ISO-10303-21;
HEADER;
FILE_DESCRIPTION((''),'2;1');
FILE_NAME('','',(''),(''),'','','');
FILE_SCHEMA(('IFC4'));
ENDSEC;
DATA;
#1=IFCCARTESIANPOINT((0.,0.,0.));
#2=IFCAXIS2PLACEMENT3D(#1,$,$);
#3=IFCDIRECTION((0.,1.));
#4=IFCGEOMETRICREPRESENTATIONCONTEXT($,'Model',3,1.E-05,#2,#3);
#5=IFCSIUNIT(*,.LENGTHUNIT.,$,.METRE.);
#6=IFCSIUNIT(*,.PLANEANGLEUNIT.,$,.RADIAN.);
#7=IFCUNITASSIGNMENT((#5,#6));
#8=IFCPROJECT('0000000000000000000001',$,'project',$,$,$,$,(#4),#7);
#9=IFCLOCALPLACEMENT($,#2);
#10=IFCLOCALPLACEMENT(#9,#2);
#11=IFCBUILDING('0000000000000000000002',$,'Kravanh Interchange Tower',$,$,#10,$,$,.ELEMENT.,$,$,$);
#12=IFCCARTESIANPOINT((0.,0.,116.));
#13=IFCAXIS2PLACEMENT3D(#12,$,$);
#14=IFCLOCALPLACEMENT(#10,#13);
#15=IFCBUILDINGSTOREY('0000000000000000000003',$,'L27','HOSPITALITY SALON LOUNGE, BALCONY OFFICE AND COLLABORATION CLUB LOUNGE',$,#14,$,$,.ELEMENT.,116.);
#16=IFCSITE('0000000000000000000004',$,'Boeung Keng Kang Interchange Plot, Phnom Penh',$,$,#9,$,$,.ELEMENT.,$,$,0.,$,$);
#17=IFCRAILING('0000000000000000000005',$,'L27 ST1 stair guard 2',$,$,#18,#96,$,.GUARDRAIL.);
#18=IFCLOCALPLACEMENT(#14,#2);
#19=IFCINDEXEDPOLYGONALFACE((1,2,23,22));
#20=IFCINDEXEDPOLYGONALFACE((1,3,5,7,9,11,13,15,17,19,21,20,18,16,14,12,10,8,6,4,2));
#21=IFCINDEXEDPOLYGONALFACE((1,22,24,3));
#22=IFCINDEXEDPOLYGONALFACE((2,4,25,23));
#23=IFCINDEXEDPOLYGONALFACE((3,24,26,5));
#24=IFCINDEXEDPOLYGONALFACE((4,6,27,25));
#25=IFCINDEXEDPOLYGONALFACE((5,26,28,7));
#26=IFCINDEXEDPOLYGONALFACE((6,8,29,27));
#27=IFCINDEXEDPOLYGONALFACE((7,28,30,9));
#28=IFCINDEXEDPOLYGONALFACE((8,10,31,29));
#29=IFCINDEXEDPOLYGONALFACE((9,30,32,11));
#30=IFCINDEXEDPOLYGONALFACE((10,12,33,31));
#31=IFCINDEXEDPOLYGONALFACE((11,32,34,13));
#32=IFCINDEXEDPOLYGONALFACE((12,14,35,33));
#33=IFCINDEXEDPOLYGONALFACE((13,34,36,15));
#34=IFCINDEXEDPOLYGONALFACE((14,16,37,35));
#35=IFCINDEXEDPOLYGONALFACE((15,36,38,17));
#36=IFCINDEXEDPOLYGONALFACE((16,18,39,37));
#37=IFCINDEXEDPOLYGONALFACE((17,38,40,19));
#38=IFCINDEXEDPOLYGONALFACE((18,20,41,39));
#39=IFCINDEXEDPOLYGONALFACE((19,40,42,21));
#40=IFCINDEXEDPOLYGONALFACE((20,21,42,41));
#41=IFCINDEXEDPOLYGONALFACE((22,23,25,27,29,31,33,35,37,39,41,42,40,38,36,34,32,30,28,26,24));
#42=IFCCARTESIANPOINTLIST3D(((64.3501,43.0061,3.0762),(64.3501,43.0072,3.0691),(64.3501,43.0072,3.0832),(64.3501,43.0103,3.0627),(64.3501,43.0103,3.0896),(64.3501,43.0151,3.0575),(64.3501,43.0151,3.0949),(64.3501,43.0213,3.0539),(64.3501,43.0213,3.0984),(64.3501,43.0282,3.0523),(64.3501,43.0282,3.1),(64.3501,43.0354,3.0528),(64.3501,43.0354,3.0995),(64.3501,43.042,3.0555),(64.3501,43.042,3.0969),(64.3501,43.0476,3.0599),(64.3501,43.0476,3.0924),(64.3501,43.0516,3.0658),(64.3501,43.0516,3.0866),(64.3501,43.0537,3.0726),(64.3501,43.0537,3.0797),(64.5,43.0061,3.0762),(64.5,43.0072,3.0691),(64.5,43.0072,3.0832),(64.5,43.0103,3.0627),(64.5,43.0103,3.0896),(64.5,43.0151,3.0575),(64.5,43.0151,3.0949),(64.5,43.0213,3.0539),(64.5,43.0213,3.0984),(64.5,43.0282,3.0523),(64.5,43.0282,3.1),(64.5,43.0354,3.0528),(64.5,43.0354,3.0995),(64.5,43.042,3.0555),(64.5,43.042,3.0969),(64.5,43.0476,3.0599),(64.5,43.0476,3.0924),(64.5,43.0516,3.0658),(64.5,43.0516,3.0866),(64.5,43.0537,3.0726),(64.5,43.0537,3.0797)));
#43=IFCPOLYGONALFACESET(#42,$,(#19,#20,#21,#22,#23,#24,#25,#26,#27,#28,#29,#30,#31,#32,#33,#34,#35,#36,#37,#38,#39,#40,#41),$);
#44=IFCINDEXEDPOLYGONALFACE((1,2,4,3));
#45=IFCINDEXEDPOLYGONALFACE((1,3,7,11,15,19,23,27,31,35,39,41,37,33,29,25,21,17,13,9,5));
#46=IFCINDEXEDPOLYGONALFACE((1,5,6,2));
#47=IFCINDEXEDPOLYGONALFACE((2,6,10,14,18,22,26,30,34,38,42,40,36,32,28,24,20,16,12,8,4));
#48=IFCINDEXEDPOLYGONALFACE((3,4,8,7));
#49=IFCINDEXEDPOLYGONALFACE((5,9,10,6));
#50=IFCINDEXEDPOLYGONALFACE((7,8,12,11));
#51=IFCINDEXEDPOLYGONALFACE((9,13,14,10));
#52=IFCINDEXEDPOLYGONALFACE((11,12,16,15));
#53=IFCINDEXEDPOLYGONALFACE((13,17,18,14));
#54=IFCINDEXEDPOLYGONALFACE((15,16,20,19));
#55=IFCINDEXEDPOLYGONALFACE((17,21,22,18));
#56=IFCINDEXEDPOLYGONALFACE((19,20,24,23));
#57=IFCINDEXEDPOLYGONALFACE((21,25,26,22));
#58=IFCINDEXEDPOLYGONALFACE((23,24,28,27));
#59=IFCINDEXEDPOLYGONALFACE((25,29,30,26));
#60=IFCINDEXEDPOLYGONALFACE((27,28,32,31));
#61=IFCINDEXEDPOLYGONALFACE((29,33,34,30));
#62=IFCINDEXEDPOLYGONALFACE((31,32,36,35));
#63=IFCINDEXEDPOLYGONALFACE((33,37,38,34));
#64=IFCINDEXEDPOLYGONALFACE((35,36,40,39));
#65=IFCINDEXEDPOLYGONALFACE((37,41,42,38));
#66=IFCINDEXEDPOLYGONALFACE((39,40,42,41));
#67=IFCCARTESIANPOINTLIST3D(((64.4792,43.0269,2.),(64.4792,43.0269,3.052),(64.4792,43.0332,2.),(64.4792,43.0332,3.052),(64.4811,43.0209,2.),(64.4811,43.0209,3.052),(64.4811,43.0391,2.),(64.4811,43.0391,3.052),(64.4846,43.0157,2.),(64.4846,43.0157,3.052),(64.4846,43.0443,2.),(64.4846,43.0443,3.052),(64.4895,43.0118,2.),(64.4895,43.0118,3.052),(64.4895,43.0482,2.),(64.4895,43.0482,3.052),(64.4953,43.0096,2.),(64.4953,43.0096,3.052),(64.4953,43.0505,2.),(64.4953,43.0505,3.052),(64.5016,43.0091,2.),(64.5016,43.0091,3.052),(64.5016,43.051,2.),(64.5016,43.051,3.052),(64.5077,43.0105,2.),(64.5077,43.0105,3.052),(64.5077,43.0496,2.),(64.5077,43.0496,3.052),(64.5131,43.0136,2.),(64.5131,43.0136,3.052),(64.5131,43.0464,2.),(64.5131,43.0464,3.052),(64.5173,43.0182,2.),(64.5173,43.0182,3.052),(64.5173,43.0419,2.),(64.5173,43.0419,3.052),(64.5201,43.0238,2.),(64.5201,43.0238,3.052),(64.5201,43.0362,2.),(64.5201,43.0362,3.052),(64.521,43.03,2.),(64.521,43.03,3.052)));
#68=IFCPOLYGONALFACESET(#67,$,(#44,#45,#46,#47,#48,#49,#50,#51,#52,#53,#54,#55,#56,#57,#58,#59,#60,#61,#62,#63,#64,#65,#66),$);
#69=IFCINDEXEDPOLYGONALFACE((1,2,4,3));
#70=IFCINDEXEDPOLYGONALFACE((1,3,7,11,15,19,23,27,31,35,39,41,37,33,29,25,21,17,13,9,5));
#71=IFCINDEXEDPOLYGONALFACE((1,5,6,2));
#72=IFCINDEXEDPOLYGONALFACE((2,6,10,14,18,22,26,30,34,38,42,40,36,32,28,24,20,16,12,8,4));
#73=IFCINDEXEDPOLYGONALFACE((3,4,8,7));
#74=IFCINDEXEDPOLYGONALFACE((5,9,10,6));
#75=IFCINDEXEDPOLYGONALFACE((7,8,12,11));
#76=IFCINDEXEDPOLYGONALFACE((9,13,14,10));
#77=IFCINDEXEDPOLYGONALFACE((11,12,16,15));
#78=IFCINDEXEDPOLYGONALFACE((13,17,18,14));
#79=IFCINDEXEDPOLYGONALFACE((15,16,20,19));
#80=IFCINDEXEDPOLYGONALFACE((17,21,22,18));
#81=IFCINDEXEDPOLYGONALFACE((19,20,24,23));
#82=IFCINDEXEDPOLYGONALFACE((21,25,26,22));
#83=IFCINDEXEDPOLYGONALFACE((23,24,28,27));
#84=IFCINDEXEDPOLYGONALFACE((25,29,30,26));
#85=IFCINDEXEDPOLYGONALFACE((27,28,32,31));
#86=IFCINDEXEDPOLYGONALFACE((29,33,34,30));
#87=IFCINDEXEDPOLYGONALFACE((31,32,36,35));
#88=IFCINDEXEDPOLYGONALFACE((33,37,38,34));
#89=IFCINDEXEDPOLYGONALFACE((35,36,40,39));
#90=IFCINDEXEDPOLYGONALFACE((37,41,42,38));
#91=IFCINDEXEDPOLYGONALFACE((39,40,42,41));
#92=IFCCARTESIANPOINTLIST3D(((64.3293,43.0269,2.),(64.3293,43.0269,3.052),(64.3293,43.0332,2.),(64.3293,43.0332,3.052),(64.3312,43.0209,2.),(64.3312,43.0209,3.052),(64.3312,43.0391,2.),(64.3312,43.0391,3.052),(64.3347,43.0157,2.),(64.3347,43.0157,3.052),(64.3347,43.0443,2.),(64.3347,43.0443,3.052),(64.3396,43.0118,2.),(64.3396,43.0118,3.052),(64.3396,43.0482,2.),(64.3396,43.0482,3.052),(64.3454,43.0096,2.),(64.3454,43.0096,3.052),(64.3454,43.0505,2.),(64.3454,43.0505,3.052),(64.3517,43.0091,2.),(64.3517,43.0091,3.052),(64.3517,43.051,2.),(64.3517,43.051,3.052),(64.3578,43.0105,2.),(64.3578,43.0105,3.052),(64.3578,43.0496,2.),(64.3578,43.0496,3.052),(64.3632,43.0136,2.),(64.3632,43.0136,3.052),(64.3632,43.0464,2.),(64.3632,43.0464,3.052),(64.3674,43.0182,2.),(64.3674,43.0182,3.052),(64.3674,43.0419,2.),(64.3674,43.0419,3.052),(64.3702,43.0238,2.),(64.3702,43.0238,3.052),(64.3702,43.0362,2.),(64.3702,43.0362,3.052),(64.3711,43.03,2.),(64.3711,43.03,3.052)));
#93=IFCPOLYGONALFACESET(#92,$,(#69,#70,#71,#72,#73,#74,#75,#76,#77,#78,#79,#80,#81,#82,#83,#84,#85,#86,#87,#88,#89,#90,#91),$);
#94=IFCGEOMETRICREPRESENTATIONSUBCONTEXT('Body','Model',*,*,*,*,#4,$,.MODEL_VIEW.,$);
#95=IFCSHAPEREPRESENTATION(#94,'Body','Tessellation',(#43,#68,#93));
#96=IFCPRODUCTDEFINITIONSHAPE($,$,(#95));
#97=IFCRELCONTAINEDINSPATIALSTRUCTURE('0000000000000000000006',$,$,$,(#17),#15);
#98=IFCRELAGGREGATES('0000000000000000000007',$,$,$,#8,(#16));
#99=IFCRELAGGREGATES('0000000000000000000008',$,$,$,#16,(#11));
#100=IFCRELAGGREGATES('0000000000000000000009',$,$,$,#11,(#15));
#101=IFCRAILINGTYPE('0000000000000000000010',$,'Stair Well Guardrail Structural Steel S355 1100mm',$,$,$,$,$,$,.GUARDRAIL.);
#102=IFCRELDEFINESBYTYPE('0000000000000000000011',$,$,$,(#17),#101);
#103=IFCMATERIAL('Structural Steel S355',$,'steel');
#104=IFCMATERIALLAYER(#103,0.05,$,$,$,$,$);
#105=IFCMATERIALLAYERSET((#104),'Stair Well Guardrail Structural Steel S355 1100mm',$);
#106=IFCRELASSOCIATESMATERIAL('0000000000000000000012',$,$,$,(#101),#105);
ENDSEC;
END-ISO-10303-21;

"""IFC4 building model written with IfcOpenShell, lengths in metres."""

from ifc_helpers import new_model, si_unit, direction, frame, origin, origin_2d, place, context, subcontext, project, spatial, circle, extrude, material, layer, layer_set, type_object, element, save


model = new_model("IFC4")

# Units and contexts
model_context = context("Model", 3, precision=1e-05, world=origin(), true_north=direction((0.0, 1.0)))
body_context = subcontext(model_context, "Body", "Model", "MODEL_VIEW")
ifc_project = project(units=[si_unit("LENGTHUNIT", "METRE"), si_unit("PLANEANGLEUNIT", "RADIAN")], contexts=[model_context])

# Site, building, storey
site_placement = place(None, origin())
site = spatial("IfcSite", under=ifc_project, at=site_placement, Name="Boeung Keng Kang Interchange Plot, Phnom Penh", CompositionType="ELEMENT", RefElevation=0.0)
building_placement = place(site_placement, origin())
building = spatial("IfcBuilding", under=site, at=building_placement, Name="Kravanh Interchange Tower", CompositionType="ELEMENT")
storey_placement = place(building_placement, frame((0.0, 0.0, 116.0)))
storey = spatial("IfcBuildingStorey", under=building, at=storey_placement, Name="L27", Description="HOSPITALITY SALON LOUNGE, BALCONY OFFICE AND COLLABORATION CLUB LOUNGE", CompositionType="ELEMENT", Elevation=116.0)

# Railing
ifc_material_1 = material(Name="Structural Steel S355", Category="steel")
ifc_layer_1 = layer(ifc_material_1, 0.05)
ifc_layer_set_1 = layer_set([ifc_layer_1], Name="Stair Well Guardrail Structural Steel S355 1100mm")
railing_type_1 = type_object("IfcRailingType", Name="Stair Well Guardrail Structural Steel S355 1100mm", PredefinedType="GUARDRAIL", material=ifc_layer_set_1)
railing_1_placement = place(storey_placement, frame((64.5, 43.03, 2.0)))
element("IfcRailing", 1, at=railing_1_placement, inside=storey, type_object=railing_type_1, Name="L27 ST1 stair guard 2", PredefinedType="GUARDRAIL", context=body_context, shape_type="SweptSolid", body=[
    extrude(circle(Radius=0.0239, at=origin_2d()), frame((0.0, 0.0, 1.0762), z_axis=(-1.0, 0.0, 0.0), x_axis=(0.0, -1.0, 0.0)), (0.0, 0.0, 1.0), 0.1499),
    extrude(circle(Radius=0.021, at=origin_2d()), origin(), (0.0, 0.0, 1.0), 1.052),
    extrude(circle(Radius=0.021, at=origin_2d()), frame((-0.1499, 0.0, 0.0)), (0.0, 0.0, 1.0), 1.052),
])

save(model, "model.ifc")
